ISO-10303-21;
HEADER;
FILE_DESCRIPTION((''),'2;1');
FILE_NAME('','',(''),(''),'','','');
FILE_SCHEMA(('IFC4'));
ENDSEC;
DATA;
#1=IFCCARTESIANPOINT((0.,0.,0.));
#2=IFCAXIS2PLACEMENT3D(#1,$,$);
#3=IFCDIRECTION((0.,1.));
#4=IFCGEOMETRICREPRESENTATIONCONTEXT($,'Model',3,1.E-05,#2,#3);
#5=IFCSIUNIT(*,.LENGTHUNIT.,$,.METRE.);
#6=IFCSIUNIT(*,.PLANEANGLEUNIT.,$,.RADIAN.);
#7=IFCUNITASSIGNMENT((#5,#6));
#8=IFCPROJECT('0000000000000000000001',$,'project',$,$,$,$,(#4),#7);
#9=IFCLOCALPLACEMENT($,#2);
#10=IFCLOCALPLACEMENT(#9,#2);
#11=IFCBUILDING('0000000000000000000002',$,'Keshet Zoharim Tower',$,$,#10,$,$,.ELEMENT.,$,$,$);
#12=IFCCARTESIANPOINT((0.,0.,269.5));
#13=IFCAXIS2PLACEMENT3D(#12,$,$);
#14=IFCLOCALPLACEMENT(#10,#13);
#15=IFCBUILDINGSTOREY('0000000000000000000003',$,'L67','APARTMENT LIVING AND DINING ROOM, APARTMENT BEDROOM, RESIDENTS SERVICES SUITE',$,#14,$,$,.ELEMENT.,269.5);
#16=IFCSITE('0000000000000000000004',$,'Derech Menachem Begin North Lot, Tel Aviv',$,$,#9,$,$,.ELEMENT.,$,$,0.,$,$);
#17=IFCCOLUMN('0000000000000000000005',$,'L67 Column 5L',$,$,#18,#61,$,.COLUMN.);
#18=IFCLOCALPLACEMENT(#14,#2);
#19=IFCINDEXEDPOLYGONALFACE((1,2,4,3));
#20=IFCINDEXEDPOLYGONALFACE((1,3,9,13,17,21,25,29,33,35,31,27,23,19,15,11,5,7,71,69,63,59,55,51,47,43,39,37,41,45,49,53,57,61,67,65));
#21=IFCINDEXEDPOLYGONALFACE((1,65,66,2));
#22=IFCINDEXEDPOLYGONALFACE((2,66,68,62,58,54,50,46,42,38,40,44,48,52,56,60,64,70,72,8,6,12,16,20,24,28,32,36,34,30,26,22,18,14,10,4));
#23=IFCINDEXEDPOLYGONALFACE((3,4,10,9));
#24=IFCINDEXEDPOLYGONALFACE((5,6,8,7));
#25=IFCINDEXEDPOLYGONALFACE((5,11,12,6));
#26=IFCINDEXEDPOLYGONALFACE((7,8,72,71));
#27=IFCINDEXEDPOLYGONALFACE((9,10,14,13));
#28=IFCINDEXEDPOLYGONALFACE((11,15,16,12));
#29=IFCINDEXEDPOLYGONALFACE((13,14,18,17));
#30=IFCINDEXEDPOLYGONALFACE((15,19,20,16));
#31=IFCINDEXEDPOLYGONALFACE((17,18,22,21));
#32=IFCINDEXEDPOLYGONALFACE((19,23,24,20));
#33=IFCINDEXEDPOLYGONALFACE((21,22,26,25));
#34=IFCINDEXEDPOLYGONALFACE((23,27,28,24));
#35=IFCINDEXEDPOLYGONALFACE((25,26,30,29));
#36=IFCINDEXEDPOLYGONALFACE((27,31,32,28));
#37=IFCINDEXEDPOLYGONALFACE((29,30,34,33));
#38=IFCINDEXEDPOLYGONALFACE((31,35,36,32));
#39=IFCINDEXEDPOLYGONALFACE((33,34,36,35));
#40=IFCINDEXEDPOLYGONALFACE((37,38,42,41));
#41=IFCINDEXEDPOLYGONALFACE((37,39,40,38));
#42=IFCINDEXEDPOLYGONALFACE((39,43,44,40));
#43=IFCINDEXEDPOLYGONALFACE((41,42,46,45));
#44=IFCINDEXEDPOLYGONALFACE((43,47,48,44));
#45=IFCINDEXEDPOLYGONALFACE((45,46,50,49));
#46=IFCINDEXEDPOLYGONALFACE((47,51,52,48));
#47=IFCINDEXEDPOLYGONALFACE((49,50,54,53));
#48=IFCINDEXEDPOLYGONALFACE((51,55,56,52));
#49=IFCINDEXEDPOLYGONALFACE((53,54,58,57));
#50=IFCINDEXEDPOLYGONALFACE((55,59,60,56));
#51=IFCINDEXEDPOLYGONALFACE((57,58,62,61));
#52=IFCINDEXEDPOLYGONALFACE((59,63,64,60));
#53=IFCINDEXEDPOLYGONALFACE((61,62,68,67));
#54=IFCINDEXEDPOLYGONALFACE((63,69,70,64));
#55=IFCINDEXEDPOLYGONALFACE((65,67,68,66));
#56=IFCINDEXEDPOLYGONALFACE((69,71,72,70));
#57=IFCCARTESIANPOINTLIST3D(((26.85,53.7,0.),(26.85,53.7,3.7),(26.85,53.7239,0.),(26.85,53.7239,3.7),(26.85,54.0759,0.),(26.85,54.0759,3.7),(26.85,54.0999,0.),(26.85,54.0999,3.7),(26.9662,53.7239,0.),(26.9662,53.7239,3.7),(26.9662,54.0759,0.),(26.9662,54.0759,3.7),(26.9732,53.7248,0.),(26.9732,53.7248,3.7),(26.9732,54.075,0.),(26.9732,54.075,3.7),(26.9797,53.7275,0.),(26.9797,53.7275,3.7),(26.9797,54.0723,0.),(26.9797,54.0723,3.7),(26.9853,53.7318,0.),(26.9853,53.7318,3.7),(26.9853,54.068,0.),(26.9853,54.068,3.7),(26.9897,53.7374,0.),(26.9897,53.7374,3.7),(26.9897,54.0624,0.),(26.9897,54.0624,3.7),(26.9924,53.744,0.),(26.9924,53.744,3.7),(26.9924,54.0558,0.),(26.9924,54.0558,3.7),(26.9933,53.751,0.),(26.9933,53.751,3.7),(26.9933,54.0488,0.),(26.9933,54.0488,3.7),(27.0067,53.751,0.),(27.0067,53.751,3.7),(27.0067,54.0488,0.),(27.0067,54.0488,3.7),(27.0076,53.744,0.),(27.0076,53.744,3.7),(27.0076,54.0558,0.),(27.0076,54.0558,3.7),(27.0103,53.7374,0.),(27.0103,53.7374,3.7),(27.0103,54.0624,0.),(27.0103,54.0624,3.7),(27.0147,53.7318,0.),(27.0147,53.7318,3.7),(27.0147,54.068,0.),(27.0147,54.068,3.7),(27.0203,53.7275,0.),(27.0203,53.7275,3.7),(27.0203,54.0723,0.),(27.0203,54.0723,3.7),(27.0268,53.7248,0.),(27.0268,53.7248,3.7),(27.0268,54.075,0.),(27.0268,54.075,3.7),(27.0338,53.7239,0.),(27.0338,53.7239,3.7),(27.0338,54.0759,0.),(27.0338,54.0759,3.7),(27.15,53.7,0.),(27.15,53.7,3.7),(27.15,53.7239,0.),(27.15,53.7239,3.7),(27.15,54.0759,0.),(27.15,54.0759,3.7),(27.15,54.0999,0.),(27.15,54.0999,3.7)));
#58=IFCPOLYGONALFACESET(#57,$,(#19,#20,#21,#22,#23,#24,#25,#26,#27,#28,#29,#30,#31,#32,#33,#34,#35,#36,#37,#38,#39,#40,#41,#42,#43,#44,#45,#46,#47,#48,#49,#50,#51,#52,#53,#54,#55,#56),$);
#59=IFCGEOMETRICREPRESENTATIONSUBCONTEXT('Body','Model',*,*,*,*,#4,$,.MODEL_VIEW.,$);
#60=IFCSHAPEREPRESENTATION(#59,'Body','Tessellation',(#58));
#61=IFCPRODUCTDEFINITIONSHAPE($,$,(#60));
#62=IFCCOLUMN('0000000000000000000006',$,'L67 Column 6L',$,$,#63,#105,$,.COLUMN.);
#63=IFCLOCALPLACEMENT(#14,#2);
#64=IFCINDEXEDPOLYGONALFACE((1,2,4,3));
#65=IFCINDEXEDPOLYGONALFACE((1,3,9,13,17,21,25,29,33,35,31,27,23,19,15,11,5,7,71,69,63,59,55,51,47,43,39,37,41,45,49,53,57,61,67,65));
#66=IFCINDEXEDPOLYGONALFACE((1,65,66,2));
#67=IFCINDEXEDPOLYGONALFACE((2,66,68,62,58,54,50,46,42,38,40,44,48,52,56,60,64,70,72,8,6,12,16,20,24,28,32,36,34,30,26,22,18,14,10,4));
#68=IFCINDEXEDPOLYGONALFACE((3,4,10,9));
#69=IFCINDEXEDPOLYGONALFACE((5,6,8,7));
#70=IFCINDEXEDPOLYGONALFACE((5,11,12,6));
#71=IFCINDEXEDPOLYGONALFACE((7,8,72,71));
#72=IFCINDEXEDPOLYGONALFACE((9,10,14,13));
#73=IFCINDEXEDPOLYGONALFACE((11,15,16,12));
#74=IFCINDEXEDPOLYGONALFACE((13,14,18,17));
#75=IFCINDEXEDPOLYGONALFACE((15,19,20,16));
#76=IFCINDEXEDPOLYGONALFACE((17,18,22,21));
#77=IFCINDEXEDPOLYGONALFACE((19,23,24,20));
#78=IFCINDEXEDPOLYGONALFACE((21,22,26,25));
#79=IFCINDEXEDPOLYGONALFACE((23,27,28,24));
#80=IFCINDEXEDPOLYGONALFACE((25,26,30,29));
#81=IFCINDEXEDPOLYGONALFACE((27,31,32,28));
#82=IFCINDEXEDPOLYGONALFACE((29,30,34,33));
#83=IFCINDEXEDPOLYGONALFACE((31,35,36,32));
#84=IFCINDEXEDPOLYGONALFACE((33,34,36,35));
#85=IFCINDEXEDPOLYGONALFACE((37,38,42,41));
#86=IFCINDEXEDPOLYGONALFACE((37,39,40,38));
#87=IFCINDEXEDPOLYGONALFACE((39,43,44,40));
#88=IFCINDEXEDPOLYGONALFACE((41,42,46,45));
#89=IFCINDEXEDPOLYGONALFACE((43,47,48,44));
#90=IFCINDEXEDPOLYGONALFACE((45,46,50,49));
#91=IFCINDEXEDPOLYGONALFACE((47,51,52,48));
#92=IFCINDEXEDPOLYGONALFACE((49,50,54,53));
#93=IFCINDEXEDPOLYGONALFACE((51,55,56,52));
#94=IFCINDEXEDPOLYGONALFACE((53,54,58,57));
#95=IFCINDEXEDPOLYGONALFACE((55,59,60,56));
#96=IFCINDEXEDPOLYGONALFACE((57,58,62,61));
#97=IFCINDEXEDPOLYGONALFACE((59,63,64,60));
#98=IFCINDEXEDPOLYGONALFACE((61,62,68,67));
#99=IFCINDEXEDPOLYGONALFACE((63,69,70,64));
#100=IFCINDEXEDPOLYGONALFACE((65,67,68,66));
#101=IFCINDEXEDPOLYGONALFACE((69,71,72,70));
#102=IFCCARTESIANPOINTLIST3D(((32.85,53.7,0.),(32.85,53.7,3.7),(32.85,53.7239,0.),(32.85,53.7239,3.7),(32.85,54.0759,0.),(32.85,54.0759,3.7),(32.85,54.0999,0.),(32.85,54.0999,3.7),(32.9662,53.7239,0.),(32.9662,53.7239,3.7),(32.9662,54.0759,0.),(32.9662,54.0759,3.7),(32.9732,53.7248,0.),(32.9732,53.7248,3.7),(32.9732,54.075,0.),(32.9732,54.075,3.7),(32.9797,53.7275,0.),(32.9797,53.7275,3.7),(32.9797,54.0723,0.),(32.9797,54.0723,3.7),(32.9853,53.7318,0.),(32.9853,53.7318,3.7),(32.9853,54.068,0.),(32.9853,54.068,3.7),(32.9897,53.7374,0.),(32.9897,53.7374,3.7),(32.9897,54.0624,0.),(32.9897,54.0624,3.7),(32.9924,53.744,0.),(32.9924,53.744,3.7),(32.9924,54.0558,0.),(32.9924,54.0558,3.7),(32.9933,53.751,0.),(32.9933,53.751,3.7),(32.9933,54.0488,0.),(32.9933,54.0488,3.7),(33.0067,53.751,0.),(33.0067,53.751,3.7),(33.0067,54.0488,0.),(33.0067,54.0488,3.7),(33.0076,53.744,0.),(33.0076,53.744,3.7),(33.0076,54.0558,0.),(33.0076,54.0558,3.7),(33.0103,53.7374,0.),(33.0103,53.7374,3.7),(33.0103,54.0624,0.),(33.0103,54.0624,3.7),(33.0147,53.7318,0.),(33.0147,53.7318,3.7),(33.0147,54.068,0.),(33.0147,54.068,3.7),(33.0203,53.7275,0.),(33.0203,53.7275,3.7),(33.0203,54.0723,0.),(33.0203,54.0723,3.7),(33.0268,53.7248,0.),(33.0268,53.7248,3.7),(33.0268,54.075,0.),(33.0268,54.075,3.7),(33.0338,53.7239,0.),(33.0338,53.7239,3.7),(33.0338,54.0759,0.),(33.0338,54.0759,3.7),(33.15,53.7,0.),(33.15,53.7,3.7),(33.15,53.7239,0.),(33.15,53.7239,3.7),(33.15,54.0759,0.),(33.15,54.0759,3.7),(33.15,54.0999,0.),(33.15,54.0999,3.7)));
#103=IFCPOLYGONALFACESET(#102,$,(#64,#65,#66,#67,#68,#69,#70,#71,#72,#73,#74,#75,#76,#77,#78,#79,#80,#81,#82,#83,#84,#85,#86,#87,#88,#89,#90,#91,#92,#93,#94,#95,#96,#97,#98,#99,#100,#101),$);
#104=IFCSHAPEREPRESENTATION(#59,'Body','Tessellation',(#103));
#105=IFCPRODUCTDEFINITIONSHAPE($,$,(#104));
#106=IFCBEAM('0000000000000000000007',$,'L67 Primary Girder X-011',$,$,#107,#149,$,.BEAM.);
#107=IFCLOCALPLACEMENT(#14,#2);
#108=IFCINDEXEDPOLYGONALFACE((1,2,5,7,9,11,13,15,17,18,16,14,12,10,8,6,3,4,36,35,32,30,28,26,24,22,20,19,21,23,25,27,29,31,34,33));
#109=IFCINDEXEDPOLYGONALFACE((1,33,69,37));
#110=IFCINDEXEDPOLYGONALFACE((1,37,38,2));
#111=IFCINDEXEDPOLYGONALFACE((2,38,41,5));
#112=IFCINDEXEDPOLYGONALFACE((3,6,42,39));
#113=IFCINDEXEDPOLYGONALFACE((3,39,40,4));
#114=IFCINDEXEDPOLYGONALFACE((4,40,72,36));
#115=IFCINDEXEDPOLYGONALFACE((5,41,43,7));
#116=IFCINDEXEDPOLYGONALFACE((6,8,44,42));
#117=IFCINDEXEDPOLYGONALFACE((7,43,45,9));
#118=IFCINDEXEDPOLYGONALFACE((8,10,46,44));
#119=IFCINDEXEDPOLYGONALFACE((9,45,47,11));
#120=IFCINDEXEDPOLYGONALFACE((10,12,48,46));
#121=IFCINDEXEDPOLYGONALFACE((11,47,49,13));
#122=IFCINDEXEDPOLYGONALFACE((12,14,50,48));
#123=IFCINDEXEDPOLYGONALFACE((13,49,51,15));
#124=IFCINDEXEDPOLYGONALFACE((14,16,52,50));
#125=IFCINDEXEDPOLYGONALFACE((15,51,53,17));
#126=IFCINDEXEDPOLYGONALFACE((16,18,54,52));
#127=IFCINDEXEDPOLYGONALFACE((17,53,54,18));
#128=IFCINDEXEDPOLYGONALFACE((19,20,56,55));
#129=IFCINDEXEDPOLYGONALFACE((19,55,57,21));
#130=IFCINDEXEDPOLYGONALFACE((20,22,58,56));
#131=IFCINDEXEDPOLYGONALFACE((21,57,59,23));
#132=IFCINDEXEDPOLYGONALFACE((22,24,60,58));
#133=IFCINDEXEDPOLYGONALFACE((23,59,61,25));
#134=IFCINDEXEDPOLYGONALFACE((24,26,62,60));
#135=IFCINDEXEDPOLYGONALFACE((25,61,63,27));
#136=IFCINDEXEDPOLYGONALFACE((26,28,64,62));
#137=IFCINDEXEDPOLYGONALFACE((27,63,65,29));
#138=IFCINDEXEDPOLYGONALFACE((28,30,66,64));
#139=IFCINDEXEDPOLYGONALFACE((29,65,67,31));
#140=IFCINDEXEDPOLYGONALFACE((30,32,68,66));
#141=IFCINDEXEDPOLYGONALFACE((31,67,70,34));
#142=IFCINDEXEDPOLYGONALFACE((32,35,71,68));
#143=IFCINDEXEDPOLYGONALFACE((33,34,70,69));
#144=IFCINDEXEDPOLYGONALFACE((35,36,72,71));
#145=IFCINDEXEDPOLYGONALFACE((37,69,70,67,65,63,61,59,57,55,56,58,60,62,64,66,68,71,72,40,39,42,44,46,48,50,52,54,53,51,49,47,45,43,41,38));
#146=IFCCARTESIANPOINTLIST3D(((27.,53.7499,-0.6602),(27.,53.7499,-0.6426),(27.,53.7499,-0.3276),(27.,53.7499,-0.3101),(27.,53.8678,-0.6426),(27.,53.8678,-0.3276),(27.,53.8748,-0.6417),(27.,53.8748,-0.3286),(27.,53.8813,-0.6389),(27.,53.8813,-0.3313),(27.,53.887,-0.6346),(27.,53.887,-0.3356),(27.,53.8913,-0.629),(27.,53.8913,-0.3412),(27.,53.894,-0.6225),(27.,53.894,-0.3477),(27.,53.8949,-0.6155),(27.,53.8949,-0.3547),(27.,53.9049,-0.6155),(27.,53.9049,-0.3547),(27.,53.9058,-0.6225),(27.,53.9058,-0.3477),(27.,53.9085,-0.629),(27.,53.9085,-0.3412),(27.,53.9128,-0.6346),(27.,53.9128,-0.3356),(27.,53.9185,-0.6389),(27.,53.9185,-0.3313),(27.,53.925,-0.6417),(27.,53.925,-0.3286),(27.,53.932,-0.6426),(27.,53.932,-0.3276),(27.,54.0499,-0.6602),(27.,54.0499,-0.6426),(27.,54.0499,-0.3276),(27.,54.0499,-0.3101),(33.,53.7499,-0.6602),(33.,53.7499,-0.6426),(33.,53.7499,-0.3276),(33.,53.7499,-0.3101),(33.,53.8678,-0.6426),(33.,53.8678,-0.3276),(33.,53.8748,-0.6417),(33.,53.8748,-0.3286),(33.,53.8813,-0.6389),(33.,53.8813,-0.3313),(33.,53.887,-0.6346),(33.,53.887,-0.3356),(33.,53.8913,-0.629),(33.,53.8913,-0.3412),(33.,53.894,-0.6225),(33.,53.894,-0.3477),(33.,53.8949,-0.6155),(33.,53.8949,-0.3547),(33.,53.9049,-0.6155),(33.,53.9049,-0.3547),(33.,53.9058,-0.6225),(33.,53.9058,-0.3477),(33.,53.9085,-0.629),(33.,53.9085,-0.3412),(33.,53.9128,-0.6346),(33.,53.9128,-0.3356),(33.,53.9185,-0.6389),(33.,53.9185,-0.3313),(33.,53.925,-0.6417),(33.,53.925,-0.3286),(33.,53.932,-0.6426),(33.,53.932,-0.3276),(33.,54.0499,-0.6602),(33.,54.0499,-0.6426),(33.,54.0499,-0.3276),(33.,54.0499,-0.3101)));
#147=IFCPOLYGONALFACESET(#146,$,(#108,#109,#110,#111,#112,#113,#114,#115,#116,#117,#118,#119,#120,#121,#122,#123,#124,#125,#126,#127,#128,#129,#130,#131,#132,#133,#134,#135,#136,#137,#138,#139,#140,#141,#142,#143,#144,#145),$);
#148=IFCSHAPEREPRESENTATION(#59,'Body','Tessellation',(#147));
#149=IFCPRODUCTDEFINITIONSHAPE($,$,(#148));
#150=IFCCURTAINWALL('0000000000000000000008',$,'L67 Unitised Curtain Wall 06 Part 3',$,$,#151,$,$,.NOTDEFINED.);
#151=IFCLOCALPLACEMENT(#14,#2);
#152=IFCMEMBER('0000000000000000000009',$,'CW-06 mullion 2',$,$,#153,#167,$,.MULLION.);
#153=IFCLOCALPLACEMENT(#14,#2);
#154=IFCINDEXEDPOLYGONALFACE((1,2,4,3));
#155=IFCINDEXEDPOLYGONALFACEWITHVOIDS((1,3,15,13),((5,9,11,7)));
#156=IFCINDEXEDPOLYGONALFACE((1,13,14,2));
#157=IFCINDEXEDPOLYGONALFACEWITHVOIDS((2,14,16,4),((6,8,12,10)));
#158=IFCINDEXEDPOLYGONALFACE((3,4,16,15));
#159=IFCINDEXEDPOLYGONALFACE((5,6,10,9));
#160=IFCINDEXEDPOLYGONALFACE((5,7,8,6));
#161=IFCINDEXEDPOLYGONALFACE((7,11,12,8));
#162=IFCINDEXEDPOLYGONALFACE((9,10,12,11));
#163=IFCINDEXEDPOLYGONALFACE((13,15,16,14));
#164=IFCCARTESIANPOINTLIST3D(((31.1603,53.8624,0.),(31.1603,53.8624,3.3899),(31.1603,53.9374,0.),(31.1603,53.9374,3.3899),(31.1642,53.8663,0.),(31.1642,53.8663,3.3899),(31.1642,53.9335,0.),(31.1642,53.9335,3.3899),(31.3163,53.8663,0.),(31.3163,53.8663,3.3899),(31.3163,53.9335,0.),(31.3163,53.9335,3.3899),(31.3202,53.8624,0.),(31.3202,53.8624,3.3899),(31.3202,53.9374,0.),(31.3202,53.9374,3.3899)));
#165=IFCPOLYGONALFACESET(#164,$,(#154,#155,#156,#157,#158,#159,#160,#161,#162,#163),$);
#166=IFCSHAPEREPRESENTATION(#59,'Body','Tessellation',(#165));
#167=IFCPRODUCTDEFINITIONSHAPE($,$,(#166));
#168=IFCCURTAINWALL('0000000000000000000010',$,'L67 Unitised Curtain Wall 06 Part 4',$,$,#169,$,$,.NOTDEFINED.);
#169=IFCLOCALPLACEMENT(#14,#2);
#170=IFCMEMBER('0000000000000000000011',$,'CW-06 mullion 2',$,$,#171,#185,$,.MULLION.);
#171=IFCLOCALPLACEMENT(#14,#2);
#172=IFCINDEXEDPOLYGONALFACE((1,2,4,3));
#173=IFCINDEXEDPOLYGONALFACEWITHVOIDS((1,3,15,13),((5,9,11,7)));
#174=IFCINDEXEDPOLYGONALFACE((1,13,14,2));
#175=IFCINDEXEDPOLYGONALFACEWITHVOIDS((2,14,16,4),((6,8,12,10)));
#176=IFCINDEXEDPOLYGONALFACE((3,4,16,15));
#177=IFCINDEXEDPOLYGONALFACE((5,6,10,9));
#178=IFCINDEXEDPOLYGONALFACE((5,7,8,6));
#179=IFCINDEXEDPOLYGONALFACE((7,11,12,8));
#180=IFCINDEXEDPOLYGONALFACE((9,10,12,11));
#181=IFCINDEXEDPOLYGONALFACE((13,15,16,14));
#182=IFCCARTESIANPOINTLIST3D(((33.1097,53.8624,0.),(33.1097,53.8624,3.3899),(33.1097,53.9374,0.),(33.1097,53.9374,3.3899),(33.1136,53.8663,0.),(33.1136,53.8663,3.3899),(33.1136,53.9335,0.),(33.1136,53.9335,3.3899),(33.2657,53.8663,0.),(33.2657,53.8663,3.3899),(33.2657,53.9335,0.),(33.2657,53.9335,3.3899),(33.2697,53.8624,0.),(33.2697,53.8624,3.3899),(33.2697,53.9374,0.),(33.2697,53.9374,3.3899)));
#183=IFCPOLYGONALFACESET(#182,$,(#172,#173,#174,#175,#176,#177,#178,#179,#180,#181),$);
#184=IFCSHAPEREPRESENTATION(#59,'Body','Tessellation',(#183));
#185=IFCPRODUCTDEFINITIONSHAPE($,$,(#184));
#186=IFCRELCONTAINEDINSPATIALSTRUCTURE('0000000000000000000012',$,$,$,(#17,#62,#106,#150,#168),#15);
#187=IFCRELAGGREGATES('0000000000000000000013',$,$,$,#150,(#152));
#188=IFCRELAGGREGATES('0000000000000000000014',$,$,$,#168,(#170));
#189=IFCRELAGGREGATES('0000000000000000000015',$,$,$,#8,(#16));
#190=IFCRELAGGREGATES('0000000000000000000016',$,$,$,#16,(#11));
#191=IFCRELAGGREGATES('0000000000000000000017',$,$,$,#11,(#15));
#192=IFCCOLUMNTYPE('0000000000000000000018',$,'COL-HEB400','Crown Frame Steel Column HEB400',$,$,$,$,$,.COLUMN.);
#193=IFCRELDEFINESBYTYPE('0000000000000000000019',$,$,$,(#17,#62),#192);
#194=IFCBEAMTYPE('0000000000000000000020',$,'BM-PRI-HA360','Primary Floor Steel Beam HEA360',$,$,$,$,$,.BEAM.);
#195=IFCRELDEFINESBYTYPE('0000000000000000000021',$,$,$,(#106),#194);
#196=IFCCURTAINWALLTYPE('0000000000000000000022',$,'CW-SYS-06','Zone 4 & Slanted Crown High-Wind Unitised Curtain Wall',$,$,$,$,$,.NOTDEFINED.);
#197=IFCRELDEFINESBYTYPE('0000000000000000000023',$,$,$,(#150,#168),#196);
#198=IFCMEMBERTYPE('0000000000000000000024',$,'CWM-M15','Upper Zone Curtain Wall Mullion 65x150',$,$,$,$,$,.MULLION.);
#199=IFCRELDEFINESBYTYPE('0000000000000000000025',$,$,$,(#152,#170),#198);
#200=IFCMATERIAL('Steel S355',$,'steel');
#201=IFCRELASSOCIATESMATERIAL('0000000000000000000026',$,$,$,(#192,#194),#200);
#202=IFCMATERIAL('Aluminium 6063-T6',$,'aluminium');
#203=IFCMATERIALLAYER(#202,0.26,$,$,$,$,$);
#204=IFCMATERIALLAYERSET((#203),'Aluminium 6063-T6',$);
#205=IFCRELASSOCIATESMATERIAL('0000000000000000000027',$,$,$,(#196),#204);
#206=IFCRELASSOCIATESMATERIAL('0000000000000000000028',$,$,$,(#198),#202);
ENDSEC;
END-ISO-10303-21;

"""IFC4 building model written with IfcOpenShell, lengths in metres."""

from ifc_helpers import new_model, si_unit, direction, frame, origin, origin_2d, place, context, subcontext, project, spatial, hollow_rectangle, i_section, extrude, material, layer, layer_set, material_profile, profile_set, type_object, element, aggregate, save


model = new_model("IFC4")

# Units and contexts
model_context = context("Model", 3, precision=1e-05, world=origin(), true_north=direction((0.0, 1.0)))
body_context = subcontext(model_context, "Body", "Model", "MODEL_VIEW")
ifc_project = project(units=[si_unit("LENGTHUNIT", "METRE"), si_unit("PLANEANGLEUNIT", "RADIAN")], contexts=[model_context])

# Site, building, storey
site_placement = place(None, origin())
site = spatial("IfcSite", under=ifc_project, at=site_placement, Name="Derech Menachem Begin North Lot, Tel Aviv", CompositionType="ELEMENT", RefElevation=0.0)
building_placement = place(site_placement, origin())
building = spatial("IfcBuilding", under=site, at=building_placement, Name="Keshet Zoharim Tower", CompositionType="ELEMENT")
storey_placement = place(building_placement, frame((0.0, 0.0, 269.5)))
storey = spatial("IfcBuildingStorey", under=building, at=storey_placement, Name="L67", Description="APARTMENT LIVING AND DINING ROOM, APARTMENT BEDROOM, RESIDENTS SERVICES SUITE", CompositionType="ELEMENT", Elevation=269.5)

# Columns
ifc_material_1 = material(Name="Steel S355", Category="steel")
ifc_material_profile_1 = material_profile(ifc_material_1, i_section(OverallWidth=0.3, OverallDepth=0.3999, WebThickness=0.0134, FlangeThickness=0.0239, FilletRadius=0.0271, at=origin_2d()), Name="HEB400")
ifc_profile_set_1 = profile_set([ifc_material_profile_1], Name="Steel S355")
column_type = type_object("IfcColumnType", Name="COL-HEB400", Description="Crown Frame Steel Column HEB400", PredefinedType="COLUMN", material=ifc_profile_set_1)
for number, where, z_axis, x_axis, name in (
    (1, (27.0, 53.8999, 0.0), (0.0, 0.0, 1.0), (1.0, 0.0, 0.0), "L67 Column 5L"),
    (2, (33.0, 53.8999, 0.0), (0.0, 0.0, 1.0), (1.0, 0.0, 0.0), "L67 Column 6L"),
):
    element("IfcColumn", number, at=place(storey_placement, frame(where, z_axis=z_axis, x_axis=x_axis)), inside=storey, type_object=column_type, Name=name, PredefinedType="COLUMN", context=body_context, shape_type="SweptSolid", body=[
        extrude(i_section(OverallWidth=0.3, OverallDepth=0.3999, WebThickness=0.0134, FlangeThickness=0.0239, FilletRadius=0.0271, at=origin_2d()), origin(), (0.0, 0.0, 1.0), 3.7),
    ])

# Beam
ifc_material_profile_2 = material_profile(ifc_material_1, i_section(OverallWidth=0.3, OverallDepth=0.3501, WebThickness=0.01, FlangeThickness=0.0176, FilletRadius=0.0271, at=origin_2d()), Name="HEA360")
ifc_profile_set_2 = profile_set([ifc_material_profile_2], Name="Steel S355")
beam_type = type_object("IfcBeamType", Name="BM-PRI-HA360", Description="Primary Floor Steel Beam HEA360", PredefinedType="BEAM", material=ifc_profile_set_2)
beam_placement = place(storey_placement, frame((27.0, 53.8999, -0.4851), z_axis=(1.0, 0.0, 0.0), x_axis=(0.0, 1.0, 0.0)))
element("IfcBeam", 3, at=beam_placement, inside=storey, type_object=beam_type, Name="L67 Primary Girder X-011", PredefinedType="BEAM", context=body_context, shape_type="SweptSolid", body=[
    extrude(i_section(OverallWidth=0.3, OverallDepth=0.3501, WebThickness=0.01, FlangeThickness=0.0176, FilletRadius=0.0271, at=origin_2d()), origin(), (0.0, 0.0, 1.0), 6.0),
])

# Curtain wall, member
ifc_material_2 = material(Name="Aluminium 6063-T6", Category="aluminium")
ifc_layer_1 = layer(ifc_material_2, 0.26)
ifc_layer_set_1 = layer_set([ifc_layer_1], Name="Aluminium 6063-T6")
curtain_wall_type = type_object("IfcCurtainWallType", Name="CW-SYS-06", Description="Zone 4 & Slanted Crown High-Wind Unitised Curtain Wall", PredefinedType="NOTDEFINED", material=ifc_layer_set_1)
curtain_wall_1_placement = place(storey_placement, origin())
curtain_wall_1 = element("IfcCurtainWall", 4, at=curtain_wall_1_placement, inside=storey, type_object=curtain_wall_type, Name="L67 Unitised Curtain Wall 06 Part 3", PredefinedType="NOTDEFINED")
ifc_material_profile_3 = material_profile(ifc_material_2, hollow_rectangle(XDim=0.075, YDim=0.1599, WallThickness=0.0039, at=origin_2d()), Name="MUL-75x160")
ifc_profile_set_3 = profile_set([ifc_material_profile_3], Name="Aluminium 6063-T6")
member_type_1 = type_object("IfcMemberType", Name="CWM-M15", Description="Upper Zone Curtain Wall Mullion 65x150", PredefinedType="MULLION", material=ifc_profile_set_3)
member_1_placement = place(storey_placement, frame((31.2402, 53.8999, 0.0), z_axis=(0.0, 0.0, 1.0), x_axis=(0.0, 1.0, 0.0)))
member_1 = element("IfcMember", 5, at=member_1_placement, type_object=member_type_1, Name="CW-06 mullion 2", PredefinedType="MULLION", context=body_context, shape_type="SweptSolid", body=[
    extrude(hollow_rectangle(XDim=0.075, YDim=0.1599, WallThickness=0.0039, at=origin_2d()), origin(), (0.0, 0.0, 1.0), 3.3899),
])

# Curtain wall, member
curtain_wall_2_placement = place(storey_placement, origin())
curtain_wall_2 = element("IfcCurtainWall", 6, at=curtain_wall_2_placement, inside=storey, type_object=curtain_wall_type, Name="L67 Unitised Curtain Wall 06 Part 4", PredefinedType="NOTDEFINED")
member_2_placement = place(storey_placement, frame((33.1897, 53.8999, 0.0), z_axis=(0.0, 0.0, 1.0), x_axis=(0.0, 1.0, 0.0)))
member_2 = element("IfcMember", 7, at=member_2_placement, type_object=member_type_1, Name="CW-06 mullion 2", PredefinedType="MULLION", context=body_context, shape_type="SweptSolid", body=[
    extrude(hollow_rectangle(XDim=0.075, YDim=0.1599, WallThickness=0.0039, at=origin_2d()), origin(), (0.0, 0.0, 1.0), 3.3899),
])

aggregate(curtain_wall_1, [member_1])
aggregate(curtain_wall_2, [member_2])

save(model, "model.ifc")
